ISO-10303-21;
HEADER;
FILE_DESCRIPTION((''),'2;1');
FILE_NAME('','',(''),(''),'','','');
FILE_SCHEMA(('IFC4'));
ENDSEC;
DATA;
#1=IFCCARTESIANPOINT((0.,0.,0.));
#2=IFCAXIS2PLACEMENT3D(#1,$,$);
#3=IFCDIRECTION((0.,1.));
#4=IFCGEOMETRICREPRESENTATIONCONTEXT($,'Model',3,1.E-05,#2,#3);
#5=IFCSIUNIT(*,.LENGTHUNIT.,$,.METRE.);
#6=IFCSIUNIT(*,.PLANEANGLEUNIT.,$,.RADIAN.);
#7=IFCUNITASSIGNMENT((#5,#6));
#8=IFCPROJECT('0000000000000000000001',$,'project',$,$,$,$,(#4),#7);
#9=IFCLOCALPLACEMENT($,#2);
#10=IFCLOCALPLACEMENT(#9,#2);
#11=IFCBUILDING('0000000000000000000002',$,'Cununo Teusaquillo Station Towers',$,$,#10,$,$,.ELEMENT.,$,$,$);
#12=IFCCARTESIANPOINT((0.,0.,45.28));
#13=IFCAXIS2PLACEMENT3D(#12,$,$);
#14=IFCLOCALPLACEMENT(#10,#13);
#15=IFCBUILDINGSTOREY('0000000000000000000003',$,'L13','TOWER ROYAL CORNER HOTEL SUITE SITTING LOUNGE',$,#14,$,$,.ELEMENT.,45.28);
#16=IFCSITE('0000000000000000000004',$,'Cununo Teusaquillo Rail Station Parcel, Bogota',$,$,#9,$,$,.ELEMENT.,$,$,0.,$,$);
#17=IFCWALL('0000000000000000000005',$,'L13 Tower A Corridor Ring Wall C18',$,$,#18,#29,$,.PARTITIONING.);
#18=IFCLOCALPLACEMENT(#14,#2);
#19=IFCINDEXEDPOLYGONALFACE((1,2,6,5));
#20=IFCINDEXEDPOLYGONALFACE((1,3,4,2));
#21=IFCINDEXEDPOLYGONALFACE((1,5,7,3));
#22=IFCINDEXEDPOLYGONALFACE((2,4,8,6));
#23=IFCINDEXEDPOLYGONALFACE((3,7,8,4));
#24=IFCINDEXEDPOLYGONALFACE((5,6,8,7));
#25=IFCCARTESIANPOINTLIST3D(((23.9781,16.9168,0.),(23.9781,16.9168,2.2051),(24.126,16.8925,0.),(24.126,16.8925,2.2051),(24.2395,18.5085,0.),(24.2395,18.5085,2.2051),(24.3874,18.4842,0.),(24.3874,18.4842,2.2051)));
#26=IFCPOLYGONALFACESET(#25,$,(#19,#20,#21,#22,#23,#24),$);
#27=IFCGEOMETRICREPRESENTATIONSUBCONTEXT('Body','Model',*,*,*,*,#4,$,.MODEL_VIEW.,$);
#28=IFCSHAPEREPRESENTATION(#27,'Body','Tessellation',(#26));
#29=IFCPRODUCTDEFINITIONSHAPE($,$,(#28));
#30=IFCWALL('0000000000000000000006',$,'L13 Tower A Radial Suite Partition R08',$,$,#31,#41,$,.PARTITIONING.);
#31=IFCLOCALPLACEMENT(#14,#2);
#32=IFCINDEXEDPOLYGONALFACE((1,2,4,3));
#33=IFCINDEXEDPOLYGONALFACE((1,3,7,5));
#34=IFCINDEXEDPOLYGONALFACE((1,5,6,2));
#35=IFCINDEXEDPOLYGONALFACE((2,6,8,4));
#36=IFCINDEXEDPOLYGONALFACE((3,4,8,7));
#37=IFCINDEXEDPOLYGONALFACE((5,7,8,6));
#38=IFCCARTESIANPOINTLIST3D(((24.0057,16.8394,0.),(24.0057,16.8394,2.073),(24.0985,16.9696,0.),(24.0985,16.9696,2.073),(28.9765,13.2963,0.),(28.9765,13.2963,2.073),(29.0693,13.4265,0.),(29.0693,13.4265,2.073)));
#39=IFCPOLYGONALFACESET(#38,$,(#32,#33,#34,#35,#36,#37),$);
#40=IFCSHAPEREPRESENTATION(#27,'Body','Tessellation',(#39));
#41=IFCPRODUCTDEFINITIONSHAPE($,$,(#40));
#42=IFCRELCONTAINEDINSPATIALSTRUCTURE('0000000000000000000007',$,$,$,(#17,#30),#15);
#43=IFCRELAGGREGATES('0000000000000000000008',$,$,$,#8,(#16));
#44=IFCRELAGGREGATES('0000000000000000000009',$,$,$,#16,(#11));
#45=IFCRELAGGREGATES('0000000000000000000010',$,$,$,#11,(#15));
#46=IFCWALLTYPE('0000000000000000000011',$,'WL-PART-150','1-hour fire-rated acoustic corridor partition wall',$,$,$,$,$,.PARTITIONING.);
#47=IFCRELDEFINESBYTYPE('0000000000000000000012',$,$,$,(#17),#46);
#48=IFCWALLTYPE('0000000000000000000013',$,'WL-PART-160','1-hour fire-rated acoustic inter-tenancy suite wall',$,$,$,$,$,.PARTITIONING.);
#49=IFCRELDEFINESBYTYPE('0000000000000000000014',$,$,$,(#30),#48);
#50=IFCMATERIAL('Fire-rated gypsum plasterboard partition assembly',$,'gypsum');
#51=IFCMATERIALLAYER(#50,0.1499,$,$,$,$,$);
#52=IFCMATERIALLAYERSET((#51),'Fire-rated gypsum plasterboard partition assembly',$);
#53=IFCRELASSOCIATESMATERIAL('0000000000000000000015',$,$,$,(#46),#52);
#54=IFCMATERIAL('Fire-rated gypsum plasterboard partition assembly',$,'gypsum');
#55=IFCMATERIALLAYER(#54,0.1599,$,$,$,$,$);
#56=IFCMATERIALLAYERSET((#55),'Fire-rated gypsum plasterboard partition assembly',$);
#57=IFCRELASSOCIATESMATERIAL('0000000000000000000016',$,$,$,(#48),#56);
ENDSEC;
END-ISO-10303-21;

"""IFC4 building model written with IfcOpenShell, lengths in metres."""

from ifc_helpers import new_model, si_unit, direction, frame, frame_2d, origin, place, context, subcontext, project, spatial, rectangle, extrude, material, layer, layer_set, type_object, element, save


model = new_model("IFC4")

# Units and contexts
model_context = context("Model", 3, precision=1e-05, world=origin(), true_north=direction((0.0, 1.0)))
body_context = subcontext(model_context, "Body", "Model", "MODEL_VIEW")
ifc_project = project(units=[si_unit("LENGTHUNIT", "METRE"), si_unit("PLANEANGLEUNIT", "RADIAN")], contexts=[model_context])

# Site, building, storey
site_placement = place(None, origin())
site = spatial("IfcSite", under=ifc_project, at=site_placement, Name="Cununo Teusaquillo Rail Station Parcel, Bogota", CompositionType="ELEMENT", RefElevation=0.0)
building_placement = place(site_placement, origin())
building = spatial("IfcBuilding", under=site, at=building_placement, Name="Cununo Teusaquillo Station Towers", CompositionType="ELEMENT")
storey_placement = place(building_placement, frame((0.0, 0.0, 45.28)))
storey = spatial("IfcBuildingStorey", under=building, at=storey_placement, Name="L13", Description="TOWER ROYAL CORNER HOTEL SUITE SITTING LOUNGE", CompositionType="ELEMENT", Elevation=45.28)

# Shared definitions
ifc_material_1 = material(Name="Fire-rated gypsum plasterboard partition assembly", Category="gypsum")
ifc_layer_1 = layer(ifc_material_1, 0.1499)
ifc_layer_set_1 = layer_set([ifc_layer_1], Name="Fire-rated gypsum plasterboard partition assembly")
wall_type_1 = type_object("IfcWallType", Name="WL-PART-150", Description="1-hour fire-rated acoustic corridor partition wall", PredefinedType="PARTITIONING", material=ifc_layer_set_1)

# Walls
wall_1_placement = place(storey_placement, frame((24.052, 16.9045, 0.0), z_axis=(0.0, 0.0, 1.0), x_axis=(0.162092, 0.986776, 0.0)))
element("IfcWall", 1, at=wall_1_placement, inside=storey, type_object=wall_type_1, Name="L13 Tower A Corridor Ring Wall C18", PredefinedType="PARTITIONING", context=body_context, shape_type="SweptSolid", body=[
    extrude(rectangle(XDim=1.613, YDim=0.1499, at=frame_2d((0.8066, 0.0))), origin(), (0.0, 0.0, 1.0), 2.2051),
])
ifc_material_2 = material(Name="Fire-rated gypsum plasterboard partition assembly", Category="gypsum")
ifc_layer_2 = layer(ifc_material_2, 0.1599)
ifc_layer_set_2 = layer_set([ifc_layer_2], Name="Fire-rated gypsum plasterboard partition assembly")
wall_type_2 = type_object("IfcWallType", Name="WL-PART-160", Description="1-hour fire-rated acoustic inter-tenancy suite wall", PredefinedType="PARTITIONING", material=ifc_layer_set_2)
wall_2_placement = place(storey_placement, frame((24.052, 16.9045, 0.0), z_axis=(0.0, 0.0, 1.0), x_axis=(0.814317, -0.580421, 0.0)))
element("IfcWall", 2, at=wall_2_placement, inside=storey, type_object=wall_type_2, Name="L13 Tower A Radial Suite Partition R08", PredefinedType="PARTITIONING", context=body_context, shape_type="SweptSolid", body=[
    extrude(rectangle(XDim=6.1042, YDim=0.1599, at=frame_2d((3.0522, 0.0))), origin(), (0.0, 0.0, 1.0), 2.073),
])

save(model, "model.ifc")
